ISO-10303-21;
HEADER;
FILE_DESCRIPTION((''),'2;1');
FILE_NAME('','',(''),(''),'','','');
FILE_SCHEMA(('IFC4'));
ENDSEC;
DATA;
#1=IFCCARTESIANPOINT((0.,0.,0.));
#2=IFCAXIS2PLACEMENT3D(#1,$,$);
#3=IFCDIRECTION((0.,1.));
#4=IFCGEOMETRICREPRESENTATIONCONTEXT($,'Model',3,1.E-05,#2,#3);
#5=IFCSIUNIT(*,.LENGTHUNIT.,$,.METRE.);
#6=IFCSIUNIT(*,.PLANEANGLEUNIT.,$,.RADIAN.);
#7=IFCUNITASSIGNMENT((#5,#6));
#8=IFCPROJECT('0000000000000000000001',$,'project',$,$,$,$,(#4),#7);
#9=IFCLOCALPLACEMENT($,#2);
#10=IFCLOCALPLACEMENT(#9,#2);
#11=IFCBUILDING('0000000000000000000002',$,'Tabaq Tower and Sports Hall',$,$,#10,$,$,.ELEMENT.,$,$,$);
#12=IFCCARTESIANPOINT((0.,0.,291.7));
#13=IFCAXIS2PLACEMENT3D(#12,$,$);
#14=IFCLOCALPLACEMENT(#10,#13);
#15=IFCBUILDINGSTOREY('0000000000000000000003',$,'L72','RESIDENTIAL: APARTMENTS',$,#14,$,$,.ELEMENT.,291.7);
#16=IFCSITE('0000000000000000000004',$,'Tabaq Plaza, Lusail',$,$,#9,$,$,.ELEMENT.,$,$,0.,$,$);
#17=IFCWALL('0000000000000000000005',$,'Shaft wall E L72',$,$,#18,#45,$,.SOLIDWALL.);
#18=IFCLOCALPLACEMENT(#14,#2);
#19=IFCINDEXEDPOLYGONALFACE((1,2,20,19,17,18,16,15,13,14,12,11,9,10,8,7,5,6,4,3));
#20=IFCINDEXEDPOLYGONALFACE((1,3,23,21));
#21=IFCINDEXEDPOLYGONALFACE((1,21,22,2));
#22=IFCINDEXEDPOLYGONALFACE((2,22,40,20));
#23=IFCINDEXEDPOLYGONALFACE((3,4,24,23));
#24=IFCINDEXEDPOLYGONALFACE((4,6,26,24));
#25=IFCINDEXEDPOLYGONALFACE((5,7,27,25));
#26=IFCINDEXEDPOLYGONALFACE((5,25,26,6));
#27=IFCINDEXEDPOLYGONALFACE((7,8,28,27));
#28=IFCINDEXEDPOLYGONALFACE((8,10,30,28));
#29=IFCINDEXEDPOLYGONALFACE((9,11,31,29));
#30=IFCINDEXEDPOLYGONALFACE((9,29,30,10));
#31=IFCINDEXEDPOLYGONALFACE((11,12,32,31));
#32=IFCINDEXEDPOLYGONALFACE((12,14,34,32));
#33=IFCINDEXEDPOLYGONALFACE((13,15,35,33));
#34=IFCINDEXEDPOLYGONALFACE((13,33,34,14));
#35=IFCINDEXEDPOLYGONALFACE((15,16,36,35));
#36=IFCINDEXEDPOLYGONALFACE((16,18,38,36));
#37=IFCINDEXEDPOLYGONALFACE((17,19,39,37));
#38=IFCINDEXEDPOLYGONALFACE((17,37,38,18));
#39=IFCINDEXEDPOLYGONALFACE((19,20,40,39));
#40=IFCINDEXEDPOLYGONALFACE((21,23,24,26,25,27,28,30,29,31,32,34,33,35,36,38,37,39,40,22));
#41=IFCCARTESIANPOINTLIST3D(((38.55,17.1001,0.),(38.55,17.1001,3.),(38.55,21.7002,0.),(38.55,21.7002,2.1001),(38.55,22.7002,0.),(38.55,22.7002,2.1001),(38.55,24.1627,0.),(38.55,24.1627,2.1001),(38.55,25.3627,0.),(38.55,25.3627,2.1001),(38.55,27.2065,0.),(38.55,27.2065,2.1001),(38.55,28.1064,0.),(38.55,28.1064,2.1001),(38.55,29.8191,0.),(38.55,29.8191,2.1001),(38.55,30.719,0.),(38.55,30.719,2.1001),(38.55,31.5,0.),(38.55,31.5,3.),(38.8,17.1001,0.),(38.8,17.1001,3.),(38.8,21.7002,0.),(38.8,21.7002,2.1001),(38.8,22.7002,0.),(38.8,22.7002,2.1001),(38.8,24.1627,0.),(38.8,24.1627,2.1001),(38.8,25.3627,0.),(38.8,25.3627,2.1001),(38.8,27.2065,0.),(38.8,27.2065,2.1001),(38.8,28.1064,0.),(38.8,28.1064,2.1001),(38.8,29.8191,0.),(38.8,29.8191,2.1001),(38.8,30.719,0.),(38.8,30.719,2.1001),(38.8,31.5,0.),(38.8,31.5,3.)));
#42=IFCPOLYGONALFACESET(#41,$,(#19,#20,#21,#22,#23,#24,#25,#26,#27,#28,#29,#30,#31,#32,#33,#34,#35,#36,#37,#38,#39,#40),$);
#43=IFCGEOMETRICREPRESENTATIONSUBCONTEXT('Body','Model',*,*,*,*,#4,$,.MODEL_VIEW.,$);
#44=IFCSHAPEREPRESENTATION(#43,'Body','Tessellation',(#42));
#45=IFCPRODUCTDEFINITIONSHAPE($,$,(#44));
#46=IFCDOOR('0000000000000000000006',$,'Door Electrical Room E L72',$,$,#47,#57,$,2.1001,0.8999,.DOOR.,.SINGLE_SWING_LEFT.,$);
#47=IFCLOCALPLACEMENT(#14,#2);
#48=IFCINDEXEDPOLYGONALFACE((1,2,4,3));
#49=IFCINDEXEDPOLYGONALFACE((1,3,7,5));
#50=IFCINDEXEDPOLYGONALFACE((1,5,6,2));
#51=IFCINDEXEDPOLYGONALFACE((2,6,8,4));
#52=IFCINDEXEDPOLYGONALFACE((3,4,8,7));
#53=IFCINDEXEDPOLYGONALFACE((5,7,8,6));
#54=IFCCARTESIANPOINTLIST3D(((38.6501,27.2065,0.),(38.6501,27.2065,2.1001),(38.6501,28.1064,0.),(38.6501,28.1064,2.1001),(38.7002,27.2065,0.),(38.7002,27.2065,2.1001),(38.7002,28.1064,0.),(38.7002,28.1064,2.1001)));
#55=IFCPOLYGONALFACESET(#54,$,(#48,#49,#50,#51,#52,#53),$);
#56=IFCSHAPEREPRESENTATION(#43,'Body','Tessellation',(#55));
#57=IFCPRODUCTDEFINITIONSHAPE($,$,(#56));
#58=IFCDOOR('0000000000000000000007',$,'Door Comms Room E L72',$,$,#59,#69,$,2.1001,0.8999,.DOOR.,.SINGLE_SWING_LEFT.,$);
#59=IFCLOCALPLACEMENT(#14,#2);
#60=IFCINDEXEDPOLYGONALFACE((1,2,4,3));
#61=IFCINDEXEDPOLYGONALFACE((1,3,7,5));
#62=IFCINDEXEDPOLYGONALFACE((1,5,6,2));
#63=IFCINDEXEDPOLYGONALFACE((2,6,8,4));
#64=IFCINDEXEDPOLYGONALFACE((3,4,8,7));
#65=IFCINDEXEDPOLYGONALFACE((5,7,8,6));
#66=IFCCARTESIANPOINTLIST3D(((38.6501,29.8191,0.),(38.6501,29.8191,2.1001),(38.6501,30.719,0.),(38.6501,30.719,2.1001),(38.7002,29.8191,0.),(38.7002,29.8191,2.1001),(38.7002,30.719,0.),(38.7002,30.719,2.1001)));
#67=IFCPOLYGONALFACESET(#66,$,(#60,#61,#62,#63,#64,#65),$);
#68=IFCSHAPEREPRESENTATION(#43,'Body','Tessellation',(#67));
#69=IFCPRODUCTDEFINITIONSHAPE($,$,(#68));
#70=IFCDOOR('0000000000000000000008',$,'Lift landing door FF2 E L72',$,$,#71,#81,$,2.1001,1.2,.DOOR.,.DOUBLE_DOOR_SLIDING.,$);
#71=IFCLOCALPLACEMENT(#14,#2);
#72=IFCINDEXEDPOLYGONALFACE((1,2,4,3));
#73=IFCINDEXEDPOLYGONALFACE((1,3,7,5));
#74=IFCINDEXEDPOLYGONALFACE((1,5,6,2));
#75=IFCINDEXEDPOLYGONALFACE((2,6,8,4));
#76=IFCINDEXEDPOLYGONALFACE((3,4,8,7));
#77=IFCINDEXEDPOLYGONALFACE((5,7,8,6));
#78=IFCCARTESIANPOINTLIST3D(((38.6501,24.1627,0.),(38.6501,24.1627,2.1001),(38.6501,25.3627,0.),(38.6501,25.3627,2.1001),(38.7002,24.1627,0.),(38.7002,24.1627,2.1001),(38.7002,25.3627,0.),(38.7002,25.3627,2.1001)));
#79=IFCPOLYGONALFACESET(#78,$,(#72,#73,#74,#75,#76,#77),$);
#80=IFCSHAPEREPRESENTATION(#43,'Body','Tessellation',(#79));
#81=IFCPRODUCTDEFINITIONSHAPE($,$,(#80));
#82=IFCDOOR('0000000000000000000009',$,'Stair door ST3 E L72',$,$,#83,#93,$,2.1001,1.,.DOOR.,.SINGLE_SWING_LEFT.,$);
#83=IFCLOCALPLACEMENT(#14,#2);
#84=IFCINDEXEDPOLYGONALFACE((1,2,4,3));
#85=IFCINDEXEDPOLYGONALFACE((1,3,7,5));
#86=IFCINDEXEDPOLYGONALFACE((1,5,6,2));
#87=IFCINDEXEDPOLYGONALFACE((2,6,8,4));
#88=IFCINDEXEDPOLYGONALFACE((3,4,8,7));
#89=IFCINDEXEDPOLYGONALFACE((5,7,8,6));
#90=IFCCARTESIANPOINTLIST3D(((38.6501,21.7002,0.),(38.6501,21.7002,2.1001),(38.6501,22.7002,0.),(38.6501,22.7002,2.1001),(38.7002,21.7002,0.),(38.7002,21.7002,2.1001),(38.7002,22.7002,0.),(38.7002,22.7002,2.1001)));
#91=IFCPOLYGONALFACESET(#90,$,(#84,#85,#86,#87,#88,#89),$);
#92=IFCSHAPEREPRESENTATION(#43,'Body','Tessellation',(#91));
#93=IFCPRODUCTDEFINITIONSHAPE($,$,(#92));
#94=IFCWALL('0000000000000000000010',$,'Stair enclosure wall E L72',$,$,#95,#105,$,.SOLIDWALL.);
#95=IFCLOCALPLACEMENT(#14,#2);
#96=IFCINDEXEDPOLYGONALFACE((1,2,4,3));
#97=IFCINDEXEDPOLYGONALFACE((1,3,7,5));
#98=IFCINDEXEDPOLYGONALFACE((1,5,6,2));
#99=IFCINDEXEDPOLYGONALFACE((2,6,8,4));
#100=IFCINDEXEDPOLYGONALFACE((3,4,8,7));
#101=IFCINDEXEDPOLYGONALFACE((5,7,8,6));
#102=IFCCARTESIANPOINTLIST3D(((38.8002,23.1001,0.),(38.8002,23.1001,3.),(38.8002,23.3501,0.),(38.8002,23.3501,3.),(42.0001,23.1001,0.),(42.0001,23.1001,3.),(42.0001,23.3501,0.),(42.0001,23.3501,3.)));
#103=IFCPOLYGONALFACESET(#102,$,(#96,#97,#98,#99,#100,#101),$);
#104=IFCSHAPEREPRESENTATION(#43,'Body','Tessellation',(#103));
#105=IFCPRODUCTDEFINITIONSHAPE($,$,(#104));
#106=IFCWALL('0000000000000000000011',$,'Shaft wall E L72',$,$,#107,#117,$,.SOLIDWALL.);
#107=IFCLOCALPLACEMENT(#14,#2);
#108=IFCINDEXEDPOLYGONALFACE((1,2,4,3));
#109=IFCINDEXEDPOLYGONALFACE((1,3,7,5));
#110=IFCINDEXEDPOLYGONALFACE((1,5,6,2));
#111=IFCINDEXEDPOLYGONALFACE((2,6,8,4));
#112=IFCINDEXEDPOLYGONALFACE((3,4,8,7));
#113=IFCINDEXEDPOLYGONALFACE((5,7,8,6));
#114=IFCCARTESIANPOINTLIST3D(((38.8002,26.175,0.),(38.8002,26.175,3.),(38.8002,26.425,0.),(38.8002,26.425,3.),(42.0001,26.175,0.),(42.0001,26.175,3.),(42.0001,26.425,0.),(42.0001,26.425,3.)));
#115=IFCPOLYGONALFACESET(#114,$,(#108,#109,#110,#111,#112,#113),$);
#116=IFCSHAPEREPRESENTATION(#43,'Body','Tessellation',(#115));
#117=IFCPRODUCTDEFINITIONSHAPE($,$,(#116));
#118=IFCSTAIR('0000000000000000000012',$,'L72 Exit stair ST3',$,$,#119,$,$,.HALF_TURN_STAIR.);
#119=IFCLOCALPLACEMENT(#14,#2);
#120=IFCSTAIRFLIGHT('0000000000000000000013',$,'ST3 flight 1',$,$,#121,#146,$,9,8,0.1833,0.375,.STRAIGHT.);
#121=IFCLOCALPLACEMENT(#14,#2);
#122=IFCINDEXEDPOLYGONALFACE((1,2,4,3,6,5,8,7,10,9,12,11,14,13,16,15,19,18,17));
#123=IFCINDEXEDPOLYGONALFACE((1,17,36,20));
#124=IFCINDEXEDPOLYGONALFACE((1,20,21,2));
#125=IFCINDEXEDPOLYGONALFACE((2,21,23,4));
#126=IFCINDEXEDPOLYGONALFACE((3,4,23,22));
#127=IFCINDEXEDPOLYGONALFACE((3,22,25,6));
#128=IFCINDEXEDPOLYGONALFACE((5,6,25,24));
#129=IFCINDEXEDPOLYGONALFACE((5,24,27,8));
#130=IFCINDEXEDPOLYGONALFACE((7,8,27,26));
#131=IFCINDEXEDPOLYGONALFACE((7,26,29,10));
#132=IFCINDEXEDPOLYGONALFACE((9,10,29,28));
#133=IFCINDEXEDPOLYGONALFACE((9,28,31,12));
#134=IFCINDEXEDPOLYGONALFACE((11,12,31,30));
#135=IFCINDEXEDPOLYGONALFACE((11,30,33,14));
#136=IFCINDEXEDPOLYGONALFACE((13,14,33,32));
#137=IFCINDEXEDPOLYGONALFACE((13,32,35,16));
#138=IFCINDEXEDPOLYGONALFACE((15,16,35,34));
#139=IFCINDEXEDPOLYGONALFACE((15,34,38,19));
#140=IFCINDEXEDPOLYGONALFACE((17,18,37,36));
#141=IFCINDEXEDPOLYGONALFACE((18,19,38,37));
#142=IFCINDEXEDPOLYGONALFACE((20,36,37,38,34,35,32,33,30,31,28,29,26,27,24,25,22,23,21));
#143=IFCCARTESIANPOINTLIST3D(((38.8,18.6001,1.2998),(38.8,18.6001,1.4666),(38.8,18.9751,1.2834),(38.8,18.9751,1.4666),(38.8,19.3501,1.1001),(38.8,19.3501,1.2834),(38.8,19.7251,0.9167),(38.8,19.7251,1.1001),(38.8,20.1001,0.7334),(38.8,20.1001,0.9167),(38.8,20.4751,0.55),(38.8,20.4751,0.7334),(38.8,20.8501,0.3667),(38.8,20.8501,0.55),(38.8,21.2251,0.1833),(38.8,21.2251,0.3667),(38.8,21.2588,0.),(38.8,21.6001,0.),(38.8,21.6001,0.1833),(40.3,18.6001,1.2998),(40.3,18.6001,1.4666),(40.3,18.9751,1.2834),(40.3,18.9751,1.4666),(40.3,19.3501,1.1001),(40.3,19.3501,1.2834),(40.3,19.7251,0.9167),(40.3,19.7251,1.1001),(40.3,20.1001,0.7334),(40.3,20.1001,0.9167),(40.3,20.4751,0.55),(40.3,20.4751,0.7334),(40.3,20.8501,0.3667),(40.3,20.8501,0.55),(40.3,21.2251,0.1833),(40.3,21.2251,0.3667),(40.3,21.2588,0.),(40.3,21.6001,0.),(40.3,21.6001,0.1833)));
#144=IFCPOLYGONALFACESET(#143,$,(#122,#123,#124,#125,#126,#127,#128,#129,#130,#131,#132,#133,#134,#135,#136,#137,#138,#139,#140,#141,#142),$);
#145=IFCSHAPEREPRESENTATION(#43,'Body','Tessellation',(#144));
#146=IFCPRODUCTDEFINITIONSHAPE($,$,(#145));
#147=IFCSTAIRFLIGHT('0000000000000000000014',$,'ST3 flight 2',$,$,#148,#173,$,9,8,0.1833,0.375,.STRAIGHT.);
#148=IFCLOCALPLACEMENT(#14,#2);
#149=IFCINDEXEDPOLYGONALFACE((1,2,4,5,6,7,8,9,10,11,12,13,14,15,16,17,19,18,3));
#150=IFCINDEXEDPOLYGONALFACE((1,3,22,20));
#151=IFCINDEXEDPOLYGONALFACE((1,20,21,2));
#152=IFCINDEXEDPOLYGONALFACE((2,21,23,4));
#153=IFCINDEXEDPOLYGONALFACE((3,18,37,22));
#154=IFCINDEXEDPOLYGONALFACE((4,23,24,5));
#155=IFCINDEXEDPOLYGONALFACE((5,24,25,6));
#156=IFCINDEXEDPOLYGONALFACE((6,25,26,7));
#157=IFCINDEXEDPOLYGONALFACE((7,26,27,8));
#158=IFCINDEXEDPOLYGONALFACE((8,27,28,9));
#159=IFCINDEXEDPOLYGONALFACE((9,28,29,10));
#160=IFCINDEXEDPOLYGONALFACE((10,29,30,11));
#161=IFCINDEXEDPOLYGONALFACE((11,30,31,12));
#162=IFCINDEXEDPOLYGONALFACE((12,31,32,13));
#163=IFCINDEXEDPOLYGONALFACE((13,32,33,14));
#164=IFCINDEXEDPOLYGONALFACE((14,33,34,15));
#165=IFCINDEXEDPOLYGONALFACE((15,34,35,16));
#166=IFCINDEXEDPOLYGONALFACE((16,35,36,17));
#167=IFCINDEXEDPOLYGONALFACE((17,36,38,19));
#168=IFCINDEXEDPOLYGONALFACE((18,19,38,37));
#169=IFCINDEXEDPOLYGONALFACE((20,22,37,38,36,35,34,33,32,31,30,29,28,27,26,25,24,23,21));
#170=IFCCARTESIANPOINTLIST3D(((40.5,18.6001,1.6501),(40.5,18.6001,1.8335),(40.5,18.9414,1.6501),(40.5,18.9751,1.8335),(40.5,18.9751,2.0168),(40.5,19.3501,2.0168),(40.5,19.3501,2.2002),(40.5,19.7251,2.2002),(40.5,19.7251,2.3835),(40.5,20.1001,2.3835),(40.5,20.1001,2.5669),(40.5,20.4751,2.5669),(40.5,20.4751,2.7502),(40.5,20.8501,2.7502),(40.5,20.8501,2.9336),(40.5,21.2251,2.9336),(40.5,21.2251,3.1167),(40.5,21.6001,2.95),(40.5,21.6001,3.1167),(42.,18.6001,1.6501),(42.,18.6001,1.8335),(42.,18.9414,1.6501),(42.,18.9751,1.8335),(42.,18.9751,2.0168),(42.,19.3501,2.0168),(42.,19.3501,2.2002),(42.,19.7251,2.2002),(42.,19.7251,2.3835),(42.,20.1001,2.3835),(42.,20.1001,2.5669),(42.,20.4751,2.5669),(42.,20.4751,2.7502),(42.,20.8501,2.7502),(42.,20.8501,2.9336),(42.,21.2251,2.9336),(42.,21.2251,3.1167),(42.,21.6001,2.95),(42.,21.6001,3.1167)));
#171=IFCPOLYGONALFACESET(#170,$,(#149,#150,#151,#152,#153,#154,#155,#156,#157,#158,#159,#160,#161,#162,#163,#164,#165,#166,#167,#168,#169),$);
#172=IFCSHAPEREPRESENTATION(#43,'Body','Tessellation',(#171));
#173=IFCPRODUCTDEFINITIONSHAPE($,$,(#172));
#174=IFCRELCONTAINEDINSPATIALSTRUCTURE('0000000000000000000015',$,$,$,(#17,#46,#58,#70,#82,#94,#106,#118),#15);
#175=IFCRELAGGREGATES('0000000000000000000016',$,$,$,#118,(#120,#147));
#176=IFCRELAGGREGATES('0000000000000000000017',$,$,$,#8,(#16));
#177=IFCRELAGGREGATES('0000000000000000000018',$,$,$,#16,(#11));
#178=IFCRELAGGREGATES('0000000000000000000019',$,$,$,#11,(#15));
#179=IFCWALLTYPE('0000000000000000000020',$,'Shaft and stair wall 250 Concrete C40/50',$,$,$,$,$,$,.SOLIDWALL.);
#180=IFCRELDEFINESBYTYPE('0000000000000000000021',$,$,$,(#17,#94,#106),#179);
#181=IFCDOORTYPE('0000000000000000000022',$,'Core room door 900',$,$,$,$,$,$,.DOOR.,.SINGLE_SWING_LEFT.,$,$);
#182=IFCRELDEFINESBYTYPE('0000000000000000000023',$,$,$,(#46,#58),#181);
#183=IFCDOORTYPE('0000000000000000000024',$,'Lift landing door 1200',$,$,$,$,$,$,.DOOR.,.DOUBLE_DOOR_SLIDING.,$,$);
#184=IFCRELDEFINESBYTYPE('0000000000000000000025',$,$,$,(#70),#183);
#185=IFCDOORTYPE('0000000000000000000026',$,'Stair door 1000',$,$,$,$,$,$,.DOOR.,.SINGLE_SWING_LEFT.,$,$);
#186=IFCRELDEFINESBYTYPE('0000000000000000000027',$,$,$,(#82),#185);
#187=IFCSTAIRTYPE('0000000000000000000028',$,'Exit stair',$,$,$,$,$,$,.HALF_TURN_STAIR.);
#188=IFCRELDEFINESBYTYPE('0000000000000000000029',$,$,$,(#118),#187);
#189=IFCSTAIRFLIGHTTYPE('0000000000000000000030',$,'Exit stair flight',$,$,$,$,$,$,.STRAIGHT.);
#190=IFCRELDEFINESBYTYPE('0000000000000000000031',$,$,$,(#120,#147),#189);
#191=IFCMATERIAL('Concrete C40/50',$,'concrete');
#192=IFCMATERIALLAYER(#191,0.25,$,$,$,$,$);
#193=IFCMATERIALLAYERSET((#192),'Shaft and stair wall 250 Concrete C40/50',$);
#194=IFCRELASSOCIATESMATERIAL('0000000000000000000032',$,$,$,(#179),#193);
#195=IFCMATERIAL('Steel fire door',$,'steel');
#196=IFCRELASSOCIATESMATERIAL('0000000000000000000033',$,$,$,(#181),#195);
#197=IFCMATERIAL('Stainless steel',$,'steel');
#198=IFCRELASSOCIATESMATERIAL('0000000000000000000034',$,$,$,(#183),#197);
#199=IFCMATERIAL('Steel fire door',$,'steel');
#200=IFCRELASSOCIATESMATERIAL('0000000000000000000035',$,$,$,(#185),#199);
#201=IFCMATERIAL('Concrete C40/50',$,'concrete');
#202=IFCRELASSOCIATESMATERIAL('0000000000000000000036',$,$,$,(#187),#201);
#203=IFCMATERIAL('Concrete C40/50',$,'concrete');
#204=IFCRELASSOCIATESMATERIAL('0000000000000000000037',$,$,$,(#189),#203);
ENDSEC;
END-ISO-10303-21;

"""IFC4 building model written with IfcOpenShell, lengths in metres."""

from ifc_helpers import new_model, si_unit, direction, frame, frame_2d, origin, place, context, subcontext, project, spatial, polyline, rectangle, outline, extrude, material, layer, layer_set, type_object, element, fill, aggregate, save


model = new_model("IFC4")

# Units and contexts
model_context = context("Model", 3, precision=1e-05, world=origin(), true_north=direction((0.0, 1.0)))
body_context = subcontext(model_context, "Body", "Model", "MODEL_VIEW")
ifc_project = project(units=[si_unit("LENGTHUNIT", "METRE"), si_unit("PLANEANGLEUNIT", "RADIAN")], contexts=[model_context])

# Site, building, storey
site_placement = place(None, origin())
site = spatial("IfcSite", under=ifc_project, at=site_placement, Name="Tabaq Plaza, Lusail", CompositionType="ELEMENT", RefElevation=0.0)
building_placement = place(site_placement, origin())
building = spatial("IfcBuilding", under=site, at=building_placement, Name="Tabaq Tower and Sports Hall", CompositionType="ELEMENT")
storey_placement = place(building_placement, frame((0.0, 0.0, 291.7)))
storey = spatial("IfcBuildingStorey", under=building, at=storey_placement, Name="L72", Description="RESIDENTIAL: APARTMENTS", CompositionType="ELEMENT", Elevation=291.7)

# Wall, openings, doors
ifc_material_1 = material(Name="Concrete C40/50", Category="concrete")
ifc_layer_1 = layer(ifc_material_1, 0.25)
ifc_layer_set_1 = layer_set([ifc_layer_1], Name="Shaft and stair wall 250 Concrete C40/50")
wall_type_1 = type_object("IfcWallType", Name="Shaft and stair wall 250 Concrete C40/50", PredefinedType="SOLIDWALL", material=ifc_layer_set_1)
wall_1_placement = place(storey_placement, frame((38.675, 17.1001, 0.0), z_axis=(0.0, 0.0, 1.0), x_axis=(0.0, 1.0, 0.0)))
wall_1 = element("IfcWall", 1, at=wall_1_placement, inside=storey, type_object=wall_type_1, Name="Shaft wall E L72", PredefinedType="SOLIDWALL", context=body_context, shape_type="SweptSolid", body=[
    extrude(rectangle(XDim=14.3999, YDim=0.25, at=frame_2d((7.2, 0.0))), origin(), (0.0, 0.0, 1.0), 3.0),
])
opening_1_placement = place(wall_1_placement, frame((4.6001, 0.0, 0.0)))
opening_1 = element("IfcOpeningElement", 2, at=opening_1_placement, cuts=wall_1, PredefinedType="OPENING", context=body_context, shape_type="SweptSolid", body=[
    extrude(rectangle(XDim=1.0, YDim=2.1001, at=frame_2d((0.5, 1.05))), frame((0.0, 0.125, 0.0), z_axis=(0.0, -1.0, 0.0), x_axis=(1.0, 0.0, 0.0)), (0.0, 0.0, 1.0), 0.25),
])
opening_2_placement = place(wall_1_placement, frame((7.0625, 0.0, 0.0)))
opening_2 = element("IfcOpeningElement", 3, at=opening_2_placement, cuts=wall_1, PredefinedType="OPENING", context=body_context, shape_type="SweptSolid", body=[
    extrude(rectangle(XDim=1.2, YDim=2.1001, at=frame_2d((0.6001, 1.05))), frame((0.0, 0.125, 0.0), z_axis=(0.0, -1.0, 0.0), x_axis=(1.0, 0.0, 0.0)), (0.0, 0.0, 1.0), 0.25),
])
opening_3_placement = place(wall_1_placement, frame((10.1064, 0.0, 0.0)))
opening_3 = element("IfcOpeningElement", 4, at=opening_3_placement, cuts=wall_1, PredefinedType="OPENING", context=body_context, shape_type="SweptSolid", body=[
    extrude(rectangle(XDim=0.8999, YDim=2.1001, at=frame_2d((0.45, 1.05))), frame((0.0, 0.125, 0.0), z_axis=(0.0, -1.0, 0.0), x_axis=(1.0, 0.0, 0.0)), (0.0, 0.0, 1.0), 0.25),
])
opening_4_placement = place(wall_1_placement, frame((12.719, 0.0, 0.0)))
opening_4 = element("IfcOpeningElement", 5, at=opening_4_placement, cuts=wall_1, PredefinedType="OPENING", context=body_context, shape_type="SweptSolid", body=[
    extrude(rectangle(XDim=0.8999, YDim=2.1001, at=frame_2d((0.45, 1.05))), frame((0.0, 0.125, 0.0), z_axis=(0.0, -1.0, 0.0), x_axis=(1.0, 0.0, 0.0)), (0.0, 0.0, 1.0), 0.25),
])
ifc_material_2 = material(Name="Steel fire door", Category="steel")
door_type_1 = type_object("IfcDoorType", Name="Core room door 900", OperationType="SINGLE_SWING_LEFT", PredefinedType="DOOR", material=ifc_material_2)
door_1_placement = place(opening_3_placement, origin())
door_1 = element("IfcDoor", 6, at=door_1_placement, inside=storey, type_object=door_type_1, Name="Door Electrical Room E L72", OperationType="SINGLE_SWING_LEFT", OverallHeight=2.1001, OverallWidth=0.8999, PredefinedType="DOOR", context=body_context, shape_type="SweptSolid", body=[
    extrude(rectangle(XDim=0.8999, YDim=2.1001, at=frame_2d((0.45, 1.05))), frame((0.0, 0.0249, 0.0), z_axis=(0.0, -1.0, 0.0), x_axis=(1.0, 0.0, 0.0)), (0.0, 0.0, 1.0), 0.05),
])
fill(opening_3, door_1)
door_2_placement = place(opening_4_placement, origin())
door_2 = element("IfcDoor", 7, at=door_2_placement, inside=storey, type_object=door_type_1, Name="Door Comms Room E L72", OperationType="SINGLE_SWING_LEFT", OverallHeight=2.1001, OverallWidth=0.8999, PredefinedType="DOOR", context=body_context, shape_type="SweptSolid", body=[
    extrude(rectangle(XDim=0.8999, YDim=2.1001, at=frame_2d((0.45, 1.05))), frame((0.0, 0.0249, 0.0), z_axis=(0.0, -1.0, 0.0), x_axis=(1.0, 0.0, 0.0)), (0.0, 0.0, 1.0), 0.05),
])
fill(opening_4, door_2)
ifc_material_3 = material(Name="Stainless steel", Category="steel")
door_type_2 = type_object("IfcDoorType", Name="Lift landing door 1200", OperationType="DOUBLE_DOOR_SLIDING", PredefinedType="DOOR", material=ifc_material_3)
door_3_placement = place(opening_2_placement, origin())
door_3 = element("IfcDoor", 8, at=door_3_placement, inside=storey, type_object=door_type_2, Name="Lift landing door FF2 E L72", OperationType="DOUBLE_DOOR_SLIDING", OverallHeight=2.1001, OverallWidth=1.2, PredefinedType="DOOR", context=body_context, shape_type="SweptSolid", body=[
    extrude(rectangle(XDim=1.2, YDim=2.1001, at=frame_2d((0.6001, 1.05))), frame((0.0, 0.0249, 0.0), z_axis=(0.0, -1.0, 0.0), x_axis=(1.0, 0.0, 0.0)), (0.0, 0.0, 1.0), 0.05),
])
fill(opening_2, door_3)
ifc_material_4 = material(Name="Steel fire door", Category="steel")
door_type_3 = type_object("IfcDoorType", Name="Stair door 1000", OperationType="SINGLE_SWING_LEFT", PredefinedType="DOOR", material=ifc_material_4)
door_4_placement = place(opening_1_placement, origin())
door_4 = element("IfcDoor", 9, at=door_4_placement, inside=storey, type_object=door_type_3, Name="Stair door ST3 E L72", OperationType="SINGLE_SWING_LEFT", OverallHeight=2.1001, OverallWidth=1.0, PredefinedType="DOOR", context=body_context, shape_type="SweptSolid", body=[
    extrude(rectangle(XDim=1.0, YDim=2.1001, at=frame_2d((0.5, 1.05))), frame((0.0, 0.0249, 0.0), z_axis=(0.0, -1.0, 0.0), x_axis=(1.0, 0.0, 0.0)), (0.0, 0.0, 1.0), 0.05),
])
fill(opening_1, door_4)

# Walls
for number, where, z_axis, x_axis, name in (
    (10, (38.8, 23.2251, 0.0), (0.0, 0.0, 1.0), (1.0, 0.0, 0.0), "Stair enclosure wall E L72"),
    (11, (38.8, 26.3, 0.0), (0.0, 0.0, 1.0), (1.0, 0.0, 0.0), "Shaft wall E L72"),
):
    element("IfcWall", number, at=place(storey_placement, frame(where, z_axis=z_axis, x_axis=x_axis)), inside=storey, type_object=wall_type_1, Name=name, PredefinedType="SOLIDWALL", context=body_context, shape_type="SweptSolid", body=[
        extrude(rectangle(XDim=3.2, YDim=0.25, at=frame_2d((1.6001, 0.0))), origin(), (0.0, 0.0, 1.0), 3.0),
    ])

# Stair, stair flights
ifc_material_5 = material(Name="Concrete C40/50", Category="concrete")
stair_type = type_object("IfcStairType", Name="Exit stair", PredefinedType="HALF_TURN_STAIR", material=ifc_material_5)
stair_placement = place(storey_placement, origin())
stair = element("IfcStair", 12, at=stair_placement, inside=storey, type_object=stair_type, Name="L72 Exit stair ST3", PredefinedType="HALF_TURN_STAIR")
ifc_material_6 = material(Name="Concrete C40/50", Category="concrete")
stair_flight_type = type_object("IfcStairFlightType", Name="Exit stair flight", PredefinedType="STRAIGHT", material=ifc_material_6)
stair_flight_1_placement = place(storey_placement, frame((39.55, 21.6001, 0.0), z_axis=(0.0, 0.0, 1.0), x_axis=(0.0, -1.0, 0.0)))
stair_flight_1 = element("IfcStairFlight", 13, at=stair_flight_1_placement, type_object=stair_flight_type, Name="ST3 flight 1", NumberOfRisers=9, NumberOfTreads=8, PredefinedType="STRAIGHT", RiserHeight=0.1833, TreadLength=0.375, context=body_context, shape_type="SweptSolid", body=[
    extrude(outline(polyline([(0.0, 0.0), (0.0, 0.1833), (0.375, 0.1833), (0.375, 0.3667), (0.75, 0.3667), (0.75, 0.55), (1.125, 0.55), (1.125, 0.7334), (1.5, 0.7334), (1.5, 0.9167), (1.875, 0.9167), (1.875, 1.1001), (2.25, 1.1001), (2.25, 1.2834), (2.625, 1.2834), (2.625, 1.4666), (3.0, 1.4666), (3.0, 1.6499), (3.0, 1.2998), (0.3413, 0.0), (0.0, 0.0)])), frame((0.0, 0.75, 0.0), z_axis=(0.0, -1.0, 0.0), x_axis=(1.0, 0.0, 0.0)), (0.0, 0.0, 1.0), 1.5),
])
stair_flight_2_placement = place(storey_placement, frame((41.25, 18.6001, 1.6501), z_axis=(0.0, 0.0, 1.0), x_axis=(0.0, 1.0, 0.0)))
stair_flight_2 = element("IfcStairFlight", 14, at=stair_flight_2_placement, type_object=stair_flight_type, Name="ST3 flight 2", NumberOfRisers=9, NumberOfTreads=8, PredefinedType="STRAIGHT", RiserHeight=0.1833, TreadLength=0.375, context=body_context, shape_type="SweptSolid", body=[
    extrude(outline(polyline([(0.0, 0.0), (0.0, 0.1833), (0.375, 0.1833), (0.375, 0.3667), (0.75, 0.3667), (0.75, 0.55), (1.125, 0.55), (1.125, 0.7334), (1.5, 0.7334), (1.5, 0.9167), (1.875, 0.9167), (1.875, 1.1001), (2.25, 1.1001), (2.25, 1.2834), (2.625, 1.2834), (2.625, 1.4666), (3.0, 1.4666), (3.0, 1.6499), (3.0, 1.2998), (0.3413, 0.0), (0.0, 0.0)])), frame((0.0, 0.75, 0.0), z_axis=(0.0, -1.0, 0.0), x_axis=(1.0, 0.0, 0.0)), (0.0, 0.0, 1.0), 1.5),
])
aggregate(stair, [stair_flight_1, stair_flight_2])

save(model, "model.ifc")
